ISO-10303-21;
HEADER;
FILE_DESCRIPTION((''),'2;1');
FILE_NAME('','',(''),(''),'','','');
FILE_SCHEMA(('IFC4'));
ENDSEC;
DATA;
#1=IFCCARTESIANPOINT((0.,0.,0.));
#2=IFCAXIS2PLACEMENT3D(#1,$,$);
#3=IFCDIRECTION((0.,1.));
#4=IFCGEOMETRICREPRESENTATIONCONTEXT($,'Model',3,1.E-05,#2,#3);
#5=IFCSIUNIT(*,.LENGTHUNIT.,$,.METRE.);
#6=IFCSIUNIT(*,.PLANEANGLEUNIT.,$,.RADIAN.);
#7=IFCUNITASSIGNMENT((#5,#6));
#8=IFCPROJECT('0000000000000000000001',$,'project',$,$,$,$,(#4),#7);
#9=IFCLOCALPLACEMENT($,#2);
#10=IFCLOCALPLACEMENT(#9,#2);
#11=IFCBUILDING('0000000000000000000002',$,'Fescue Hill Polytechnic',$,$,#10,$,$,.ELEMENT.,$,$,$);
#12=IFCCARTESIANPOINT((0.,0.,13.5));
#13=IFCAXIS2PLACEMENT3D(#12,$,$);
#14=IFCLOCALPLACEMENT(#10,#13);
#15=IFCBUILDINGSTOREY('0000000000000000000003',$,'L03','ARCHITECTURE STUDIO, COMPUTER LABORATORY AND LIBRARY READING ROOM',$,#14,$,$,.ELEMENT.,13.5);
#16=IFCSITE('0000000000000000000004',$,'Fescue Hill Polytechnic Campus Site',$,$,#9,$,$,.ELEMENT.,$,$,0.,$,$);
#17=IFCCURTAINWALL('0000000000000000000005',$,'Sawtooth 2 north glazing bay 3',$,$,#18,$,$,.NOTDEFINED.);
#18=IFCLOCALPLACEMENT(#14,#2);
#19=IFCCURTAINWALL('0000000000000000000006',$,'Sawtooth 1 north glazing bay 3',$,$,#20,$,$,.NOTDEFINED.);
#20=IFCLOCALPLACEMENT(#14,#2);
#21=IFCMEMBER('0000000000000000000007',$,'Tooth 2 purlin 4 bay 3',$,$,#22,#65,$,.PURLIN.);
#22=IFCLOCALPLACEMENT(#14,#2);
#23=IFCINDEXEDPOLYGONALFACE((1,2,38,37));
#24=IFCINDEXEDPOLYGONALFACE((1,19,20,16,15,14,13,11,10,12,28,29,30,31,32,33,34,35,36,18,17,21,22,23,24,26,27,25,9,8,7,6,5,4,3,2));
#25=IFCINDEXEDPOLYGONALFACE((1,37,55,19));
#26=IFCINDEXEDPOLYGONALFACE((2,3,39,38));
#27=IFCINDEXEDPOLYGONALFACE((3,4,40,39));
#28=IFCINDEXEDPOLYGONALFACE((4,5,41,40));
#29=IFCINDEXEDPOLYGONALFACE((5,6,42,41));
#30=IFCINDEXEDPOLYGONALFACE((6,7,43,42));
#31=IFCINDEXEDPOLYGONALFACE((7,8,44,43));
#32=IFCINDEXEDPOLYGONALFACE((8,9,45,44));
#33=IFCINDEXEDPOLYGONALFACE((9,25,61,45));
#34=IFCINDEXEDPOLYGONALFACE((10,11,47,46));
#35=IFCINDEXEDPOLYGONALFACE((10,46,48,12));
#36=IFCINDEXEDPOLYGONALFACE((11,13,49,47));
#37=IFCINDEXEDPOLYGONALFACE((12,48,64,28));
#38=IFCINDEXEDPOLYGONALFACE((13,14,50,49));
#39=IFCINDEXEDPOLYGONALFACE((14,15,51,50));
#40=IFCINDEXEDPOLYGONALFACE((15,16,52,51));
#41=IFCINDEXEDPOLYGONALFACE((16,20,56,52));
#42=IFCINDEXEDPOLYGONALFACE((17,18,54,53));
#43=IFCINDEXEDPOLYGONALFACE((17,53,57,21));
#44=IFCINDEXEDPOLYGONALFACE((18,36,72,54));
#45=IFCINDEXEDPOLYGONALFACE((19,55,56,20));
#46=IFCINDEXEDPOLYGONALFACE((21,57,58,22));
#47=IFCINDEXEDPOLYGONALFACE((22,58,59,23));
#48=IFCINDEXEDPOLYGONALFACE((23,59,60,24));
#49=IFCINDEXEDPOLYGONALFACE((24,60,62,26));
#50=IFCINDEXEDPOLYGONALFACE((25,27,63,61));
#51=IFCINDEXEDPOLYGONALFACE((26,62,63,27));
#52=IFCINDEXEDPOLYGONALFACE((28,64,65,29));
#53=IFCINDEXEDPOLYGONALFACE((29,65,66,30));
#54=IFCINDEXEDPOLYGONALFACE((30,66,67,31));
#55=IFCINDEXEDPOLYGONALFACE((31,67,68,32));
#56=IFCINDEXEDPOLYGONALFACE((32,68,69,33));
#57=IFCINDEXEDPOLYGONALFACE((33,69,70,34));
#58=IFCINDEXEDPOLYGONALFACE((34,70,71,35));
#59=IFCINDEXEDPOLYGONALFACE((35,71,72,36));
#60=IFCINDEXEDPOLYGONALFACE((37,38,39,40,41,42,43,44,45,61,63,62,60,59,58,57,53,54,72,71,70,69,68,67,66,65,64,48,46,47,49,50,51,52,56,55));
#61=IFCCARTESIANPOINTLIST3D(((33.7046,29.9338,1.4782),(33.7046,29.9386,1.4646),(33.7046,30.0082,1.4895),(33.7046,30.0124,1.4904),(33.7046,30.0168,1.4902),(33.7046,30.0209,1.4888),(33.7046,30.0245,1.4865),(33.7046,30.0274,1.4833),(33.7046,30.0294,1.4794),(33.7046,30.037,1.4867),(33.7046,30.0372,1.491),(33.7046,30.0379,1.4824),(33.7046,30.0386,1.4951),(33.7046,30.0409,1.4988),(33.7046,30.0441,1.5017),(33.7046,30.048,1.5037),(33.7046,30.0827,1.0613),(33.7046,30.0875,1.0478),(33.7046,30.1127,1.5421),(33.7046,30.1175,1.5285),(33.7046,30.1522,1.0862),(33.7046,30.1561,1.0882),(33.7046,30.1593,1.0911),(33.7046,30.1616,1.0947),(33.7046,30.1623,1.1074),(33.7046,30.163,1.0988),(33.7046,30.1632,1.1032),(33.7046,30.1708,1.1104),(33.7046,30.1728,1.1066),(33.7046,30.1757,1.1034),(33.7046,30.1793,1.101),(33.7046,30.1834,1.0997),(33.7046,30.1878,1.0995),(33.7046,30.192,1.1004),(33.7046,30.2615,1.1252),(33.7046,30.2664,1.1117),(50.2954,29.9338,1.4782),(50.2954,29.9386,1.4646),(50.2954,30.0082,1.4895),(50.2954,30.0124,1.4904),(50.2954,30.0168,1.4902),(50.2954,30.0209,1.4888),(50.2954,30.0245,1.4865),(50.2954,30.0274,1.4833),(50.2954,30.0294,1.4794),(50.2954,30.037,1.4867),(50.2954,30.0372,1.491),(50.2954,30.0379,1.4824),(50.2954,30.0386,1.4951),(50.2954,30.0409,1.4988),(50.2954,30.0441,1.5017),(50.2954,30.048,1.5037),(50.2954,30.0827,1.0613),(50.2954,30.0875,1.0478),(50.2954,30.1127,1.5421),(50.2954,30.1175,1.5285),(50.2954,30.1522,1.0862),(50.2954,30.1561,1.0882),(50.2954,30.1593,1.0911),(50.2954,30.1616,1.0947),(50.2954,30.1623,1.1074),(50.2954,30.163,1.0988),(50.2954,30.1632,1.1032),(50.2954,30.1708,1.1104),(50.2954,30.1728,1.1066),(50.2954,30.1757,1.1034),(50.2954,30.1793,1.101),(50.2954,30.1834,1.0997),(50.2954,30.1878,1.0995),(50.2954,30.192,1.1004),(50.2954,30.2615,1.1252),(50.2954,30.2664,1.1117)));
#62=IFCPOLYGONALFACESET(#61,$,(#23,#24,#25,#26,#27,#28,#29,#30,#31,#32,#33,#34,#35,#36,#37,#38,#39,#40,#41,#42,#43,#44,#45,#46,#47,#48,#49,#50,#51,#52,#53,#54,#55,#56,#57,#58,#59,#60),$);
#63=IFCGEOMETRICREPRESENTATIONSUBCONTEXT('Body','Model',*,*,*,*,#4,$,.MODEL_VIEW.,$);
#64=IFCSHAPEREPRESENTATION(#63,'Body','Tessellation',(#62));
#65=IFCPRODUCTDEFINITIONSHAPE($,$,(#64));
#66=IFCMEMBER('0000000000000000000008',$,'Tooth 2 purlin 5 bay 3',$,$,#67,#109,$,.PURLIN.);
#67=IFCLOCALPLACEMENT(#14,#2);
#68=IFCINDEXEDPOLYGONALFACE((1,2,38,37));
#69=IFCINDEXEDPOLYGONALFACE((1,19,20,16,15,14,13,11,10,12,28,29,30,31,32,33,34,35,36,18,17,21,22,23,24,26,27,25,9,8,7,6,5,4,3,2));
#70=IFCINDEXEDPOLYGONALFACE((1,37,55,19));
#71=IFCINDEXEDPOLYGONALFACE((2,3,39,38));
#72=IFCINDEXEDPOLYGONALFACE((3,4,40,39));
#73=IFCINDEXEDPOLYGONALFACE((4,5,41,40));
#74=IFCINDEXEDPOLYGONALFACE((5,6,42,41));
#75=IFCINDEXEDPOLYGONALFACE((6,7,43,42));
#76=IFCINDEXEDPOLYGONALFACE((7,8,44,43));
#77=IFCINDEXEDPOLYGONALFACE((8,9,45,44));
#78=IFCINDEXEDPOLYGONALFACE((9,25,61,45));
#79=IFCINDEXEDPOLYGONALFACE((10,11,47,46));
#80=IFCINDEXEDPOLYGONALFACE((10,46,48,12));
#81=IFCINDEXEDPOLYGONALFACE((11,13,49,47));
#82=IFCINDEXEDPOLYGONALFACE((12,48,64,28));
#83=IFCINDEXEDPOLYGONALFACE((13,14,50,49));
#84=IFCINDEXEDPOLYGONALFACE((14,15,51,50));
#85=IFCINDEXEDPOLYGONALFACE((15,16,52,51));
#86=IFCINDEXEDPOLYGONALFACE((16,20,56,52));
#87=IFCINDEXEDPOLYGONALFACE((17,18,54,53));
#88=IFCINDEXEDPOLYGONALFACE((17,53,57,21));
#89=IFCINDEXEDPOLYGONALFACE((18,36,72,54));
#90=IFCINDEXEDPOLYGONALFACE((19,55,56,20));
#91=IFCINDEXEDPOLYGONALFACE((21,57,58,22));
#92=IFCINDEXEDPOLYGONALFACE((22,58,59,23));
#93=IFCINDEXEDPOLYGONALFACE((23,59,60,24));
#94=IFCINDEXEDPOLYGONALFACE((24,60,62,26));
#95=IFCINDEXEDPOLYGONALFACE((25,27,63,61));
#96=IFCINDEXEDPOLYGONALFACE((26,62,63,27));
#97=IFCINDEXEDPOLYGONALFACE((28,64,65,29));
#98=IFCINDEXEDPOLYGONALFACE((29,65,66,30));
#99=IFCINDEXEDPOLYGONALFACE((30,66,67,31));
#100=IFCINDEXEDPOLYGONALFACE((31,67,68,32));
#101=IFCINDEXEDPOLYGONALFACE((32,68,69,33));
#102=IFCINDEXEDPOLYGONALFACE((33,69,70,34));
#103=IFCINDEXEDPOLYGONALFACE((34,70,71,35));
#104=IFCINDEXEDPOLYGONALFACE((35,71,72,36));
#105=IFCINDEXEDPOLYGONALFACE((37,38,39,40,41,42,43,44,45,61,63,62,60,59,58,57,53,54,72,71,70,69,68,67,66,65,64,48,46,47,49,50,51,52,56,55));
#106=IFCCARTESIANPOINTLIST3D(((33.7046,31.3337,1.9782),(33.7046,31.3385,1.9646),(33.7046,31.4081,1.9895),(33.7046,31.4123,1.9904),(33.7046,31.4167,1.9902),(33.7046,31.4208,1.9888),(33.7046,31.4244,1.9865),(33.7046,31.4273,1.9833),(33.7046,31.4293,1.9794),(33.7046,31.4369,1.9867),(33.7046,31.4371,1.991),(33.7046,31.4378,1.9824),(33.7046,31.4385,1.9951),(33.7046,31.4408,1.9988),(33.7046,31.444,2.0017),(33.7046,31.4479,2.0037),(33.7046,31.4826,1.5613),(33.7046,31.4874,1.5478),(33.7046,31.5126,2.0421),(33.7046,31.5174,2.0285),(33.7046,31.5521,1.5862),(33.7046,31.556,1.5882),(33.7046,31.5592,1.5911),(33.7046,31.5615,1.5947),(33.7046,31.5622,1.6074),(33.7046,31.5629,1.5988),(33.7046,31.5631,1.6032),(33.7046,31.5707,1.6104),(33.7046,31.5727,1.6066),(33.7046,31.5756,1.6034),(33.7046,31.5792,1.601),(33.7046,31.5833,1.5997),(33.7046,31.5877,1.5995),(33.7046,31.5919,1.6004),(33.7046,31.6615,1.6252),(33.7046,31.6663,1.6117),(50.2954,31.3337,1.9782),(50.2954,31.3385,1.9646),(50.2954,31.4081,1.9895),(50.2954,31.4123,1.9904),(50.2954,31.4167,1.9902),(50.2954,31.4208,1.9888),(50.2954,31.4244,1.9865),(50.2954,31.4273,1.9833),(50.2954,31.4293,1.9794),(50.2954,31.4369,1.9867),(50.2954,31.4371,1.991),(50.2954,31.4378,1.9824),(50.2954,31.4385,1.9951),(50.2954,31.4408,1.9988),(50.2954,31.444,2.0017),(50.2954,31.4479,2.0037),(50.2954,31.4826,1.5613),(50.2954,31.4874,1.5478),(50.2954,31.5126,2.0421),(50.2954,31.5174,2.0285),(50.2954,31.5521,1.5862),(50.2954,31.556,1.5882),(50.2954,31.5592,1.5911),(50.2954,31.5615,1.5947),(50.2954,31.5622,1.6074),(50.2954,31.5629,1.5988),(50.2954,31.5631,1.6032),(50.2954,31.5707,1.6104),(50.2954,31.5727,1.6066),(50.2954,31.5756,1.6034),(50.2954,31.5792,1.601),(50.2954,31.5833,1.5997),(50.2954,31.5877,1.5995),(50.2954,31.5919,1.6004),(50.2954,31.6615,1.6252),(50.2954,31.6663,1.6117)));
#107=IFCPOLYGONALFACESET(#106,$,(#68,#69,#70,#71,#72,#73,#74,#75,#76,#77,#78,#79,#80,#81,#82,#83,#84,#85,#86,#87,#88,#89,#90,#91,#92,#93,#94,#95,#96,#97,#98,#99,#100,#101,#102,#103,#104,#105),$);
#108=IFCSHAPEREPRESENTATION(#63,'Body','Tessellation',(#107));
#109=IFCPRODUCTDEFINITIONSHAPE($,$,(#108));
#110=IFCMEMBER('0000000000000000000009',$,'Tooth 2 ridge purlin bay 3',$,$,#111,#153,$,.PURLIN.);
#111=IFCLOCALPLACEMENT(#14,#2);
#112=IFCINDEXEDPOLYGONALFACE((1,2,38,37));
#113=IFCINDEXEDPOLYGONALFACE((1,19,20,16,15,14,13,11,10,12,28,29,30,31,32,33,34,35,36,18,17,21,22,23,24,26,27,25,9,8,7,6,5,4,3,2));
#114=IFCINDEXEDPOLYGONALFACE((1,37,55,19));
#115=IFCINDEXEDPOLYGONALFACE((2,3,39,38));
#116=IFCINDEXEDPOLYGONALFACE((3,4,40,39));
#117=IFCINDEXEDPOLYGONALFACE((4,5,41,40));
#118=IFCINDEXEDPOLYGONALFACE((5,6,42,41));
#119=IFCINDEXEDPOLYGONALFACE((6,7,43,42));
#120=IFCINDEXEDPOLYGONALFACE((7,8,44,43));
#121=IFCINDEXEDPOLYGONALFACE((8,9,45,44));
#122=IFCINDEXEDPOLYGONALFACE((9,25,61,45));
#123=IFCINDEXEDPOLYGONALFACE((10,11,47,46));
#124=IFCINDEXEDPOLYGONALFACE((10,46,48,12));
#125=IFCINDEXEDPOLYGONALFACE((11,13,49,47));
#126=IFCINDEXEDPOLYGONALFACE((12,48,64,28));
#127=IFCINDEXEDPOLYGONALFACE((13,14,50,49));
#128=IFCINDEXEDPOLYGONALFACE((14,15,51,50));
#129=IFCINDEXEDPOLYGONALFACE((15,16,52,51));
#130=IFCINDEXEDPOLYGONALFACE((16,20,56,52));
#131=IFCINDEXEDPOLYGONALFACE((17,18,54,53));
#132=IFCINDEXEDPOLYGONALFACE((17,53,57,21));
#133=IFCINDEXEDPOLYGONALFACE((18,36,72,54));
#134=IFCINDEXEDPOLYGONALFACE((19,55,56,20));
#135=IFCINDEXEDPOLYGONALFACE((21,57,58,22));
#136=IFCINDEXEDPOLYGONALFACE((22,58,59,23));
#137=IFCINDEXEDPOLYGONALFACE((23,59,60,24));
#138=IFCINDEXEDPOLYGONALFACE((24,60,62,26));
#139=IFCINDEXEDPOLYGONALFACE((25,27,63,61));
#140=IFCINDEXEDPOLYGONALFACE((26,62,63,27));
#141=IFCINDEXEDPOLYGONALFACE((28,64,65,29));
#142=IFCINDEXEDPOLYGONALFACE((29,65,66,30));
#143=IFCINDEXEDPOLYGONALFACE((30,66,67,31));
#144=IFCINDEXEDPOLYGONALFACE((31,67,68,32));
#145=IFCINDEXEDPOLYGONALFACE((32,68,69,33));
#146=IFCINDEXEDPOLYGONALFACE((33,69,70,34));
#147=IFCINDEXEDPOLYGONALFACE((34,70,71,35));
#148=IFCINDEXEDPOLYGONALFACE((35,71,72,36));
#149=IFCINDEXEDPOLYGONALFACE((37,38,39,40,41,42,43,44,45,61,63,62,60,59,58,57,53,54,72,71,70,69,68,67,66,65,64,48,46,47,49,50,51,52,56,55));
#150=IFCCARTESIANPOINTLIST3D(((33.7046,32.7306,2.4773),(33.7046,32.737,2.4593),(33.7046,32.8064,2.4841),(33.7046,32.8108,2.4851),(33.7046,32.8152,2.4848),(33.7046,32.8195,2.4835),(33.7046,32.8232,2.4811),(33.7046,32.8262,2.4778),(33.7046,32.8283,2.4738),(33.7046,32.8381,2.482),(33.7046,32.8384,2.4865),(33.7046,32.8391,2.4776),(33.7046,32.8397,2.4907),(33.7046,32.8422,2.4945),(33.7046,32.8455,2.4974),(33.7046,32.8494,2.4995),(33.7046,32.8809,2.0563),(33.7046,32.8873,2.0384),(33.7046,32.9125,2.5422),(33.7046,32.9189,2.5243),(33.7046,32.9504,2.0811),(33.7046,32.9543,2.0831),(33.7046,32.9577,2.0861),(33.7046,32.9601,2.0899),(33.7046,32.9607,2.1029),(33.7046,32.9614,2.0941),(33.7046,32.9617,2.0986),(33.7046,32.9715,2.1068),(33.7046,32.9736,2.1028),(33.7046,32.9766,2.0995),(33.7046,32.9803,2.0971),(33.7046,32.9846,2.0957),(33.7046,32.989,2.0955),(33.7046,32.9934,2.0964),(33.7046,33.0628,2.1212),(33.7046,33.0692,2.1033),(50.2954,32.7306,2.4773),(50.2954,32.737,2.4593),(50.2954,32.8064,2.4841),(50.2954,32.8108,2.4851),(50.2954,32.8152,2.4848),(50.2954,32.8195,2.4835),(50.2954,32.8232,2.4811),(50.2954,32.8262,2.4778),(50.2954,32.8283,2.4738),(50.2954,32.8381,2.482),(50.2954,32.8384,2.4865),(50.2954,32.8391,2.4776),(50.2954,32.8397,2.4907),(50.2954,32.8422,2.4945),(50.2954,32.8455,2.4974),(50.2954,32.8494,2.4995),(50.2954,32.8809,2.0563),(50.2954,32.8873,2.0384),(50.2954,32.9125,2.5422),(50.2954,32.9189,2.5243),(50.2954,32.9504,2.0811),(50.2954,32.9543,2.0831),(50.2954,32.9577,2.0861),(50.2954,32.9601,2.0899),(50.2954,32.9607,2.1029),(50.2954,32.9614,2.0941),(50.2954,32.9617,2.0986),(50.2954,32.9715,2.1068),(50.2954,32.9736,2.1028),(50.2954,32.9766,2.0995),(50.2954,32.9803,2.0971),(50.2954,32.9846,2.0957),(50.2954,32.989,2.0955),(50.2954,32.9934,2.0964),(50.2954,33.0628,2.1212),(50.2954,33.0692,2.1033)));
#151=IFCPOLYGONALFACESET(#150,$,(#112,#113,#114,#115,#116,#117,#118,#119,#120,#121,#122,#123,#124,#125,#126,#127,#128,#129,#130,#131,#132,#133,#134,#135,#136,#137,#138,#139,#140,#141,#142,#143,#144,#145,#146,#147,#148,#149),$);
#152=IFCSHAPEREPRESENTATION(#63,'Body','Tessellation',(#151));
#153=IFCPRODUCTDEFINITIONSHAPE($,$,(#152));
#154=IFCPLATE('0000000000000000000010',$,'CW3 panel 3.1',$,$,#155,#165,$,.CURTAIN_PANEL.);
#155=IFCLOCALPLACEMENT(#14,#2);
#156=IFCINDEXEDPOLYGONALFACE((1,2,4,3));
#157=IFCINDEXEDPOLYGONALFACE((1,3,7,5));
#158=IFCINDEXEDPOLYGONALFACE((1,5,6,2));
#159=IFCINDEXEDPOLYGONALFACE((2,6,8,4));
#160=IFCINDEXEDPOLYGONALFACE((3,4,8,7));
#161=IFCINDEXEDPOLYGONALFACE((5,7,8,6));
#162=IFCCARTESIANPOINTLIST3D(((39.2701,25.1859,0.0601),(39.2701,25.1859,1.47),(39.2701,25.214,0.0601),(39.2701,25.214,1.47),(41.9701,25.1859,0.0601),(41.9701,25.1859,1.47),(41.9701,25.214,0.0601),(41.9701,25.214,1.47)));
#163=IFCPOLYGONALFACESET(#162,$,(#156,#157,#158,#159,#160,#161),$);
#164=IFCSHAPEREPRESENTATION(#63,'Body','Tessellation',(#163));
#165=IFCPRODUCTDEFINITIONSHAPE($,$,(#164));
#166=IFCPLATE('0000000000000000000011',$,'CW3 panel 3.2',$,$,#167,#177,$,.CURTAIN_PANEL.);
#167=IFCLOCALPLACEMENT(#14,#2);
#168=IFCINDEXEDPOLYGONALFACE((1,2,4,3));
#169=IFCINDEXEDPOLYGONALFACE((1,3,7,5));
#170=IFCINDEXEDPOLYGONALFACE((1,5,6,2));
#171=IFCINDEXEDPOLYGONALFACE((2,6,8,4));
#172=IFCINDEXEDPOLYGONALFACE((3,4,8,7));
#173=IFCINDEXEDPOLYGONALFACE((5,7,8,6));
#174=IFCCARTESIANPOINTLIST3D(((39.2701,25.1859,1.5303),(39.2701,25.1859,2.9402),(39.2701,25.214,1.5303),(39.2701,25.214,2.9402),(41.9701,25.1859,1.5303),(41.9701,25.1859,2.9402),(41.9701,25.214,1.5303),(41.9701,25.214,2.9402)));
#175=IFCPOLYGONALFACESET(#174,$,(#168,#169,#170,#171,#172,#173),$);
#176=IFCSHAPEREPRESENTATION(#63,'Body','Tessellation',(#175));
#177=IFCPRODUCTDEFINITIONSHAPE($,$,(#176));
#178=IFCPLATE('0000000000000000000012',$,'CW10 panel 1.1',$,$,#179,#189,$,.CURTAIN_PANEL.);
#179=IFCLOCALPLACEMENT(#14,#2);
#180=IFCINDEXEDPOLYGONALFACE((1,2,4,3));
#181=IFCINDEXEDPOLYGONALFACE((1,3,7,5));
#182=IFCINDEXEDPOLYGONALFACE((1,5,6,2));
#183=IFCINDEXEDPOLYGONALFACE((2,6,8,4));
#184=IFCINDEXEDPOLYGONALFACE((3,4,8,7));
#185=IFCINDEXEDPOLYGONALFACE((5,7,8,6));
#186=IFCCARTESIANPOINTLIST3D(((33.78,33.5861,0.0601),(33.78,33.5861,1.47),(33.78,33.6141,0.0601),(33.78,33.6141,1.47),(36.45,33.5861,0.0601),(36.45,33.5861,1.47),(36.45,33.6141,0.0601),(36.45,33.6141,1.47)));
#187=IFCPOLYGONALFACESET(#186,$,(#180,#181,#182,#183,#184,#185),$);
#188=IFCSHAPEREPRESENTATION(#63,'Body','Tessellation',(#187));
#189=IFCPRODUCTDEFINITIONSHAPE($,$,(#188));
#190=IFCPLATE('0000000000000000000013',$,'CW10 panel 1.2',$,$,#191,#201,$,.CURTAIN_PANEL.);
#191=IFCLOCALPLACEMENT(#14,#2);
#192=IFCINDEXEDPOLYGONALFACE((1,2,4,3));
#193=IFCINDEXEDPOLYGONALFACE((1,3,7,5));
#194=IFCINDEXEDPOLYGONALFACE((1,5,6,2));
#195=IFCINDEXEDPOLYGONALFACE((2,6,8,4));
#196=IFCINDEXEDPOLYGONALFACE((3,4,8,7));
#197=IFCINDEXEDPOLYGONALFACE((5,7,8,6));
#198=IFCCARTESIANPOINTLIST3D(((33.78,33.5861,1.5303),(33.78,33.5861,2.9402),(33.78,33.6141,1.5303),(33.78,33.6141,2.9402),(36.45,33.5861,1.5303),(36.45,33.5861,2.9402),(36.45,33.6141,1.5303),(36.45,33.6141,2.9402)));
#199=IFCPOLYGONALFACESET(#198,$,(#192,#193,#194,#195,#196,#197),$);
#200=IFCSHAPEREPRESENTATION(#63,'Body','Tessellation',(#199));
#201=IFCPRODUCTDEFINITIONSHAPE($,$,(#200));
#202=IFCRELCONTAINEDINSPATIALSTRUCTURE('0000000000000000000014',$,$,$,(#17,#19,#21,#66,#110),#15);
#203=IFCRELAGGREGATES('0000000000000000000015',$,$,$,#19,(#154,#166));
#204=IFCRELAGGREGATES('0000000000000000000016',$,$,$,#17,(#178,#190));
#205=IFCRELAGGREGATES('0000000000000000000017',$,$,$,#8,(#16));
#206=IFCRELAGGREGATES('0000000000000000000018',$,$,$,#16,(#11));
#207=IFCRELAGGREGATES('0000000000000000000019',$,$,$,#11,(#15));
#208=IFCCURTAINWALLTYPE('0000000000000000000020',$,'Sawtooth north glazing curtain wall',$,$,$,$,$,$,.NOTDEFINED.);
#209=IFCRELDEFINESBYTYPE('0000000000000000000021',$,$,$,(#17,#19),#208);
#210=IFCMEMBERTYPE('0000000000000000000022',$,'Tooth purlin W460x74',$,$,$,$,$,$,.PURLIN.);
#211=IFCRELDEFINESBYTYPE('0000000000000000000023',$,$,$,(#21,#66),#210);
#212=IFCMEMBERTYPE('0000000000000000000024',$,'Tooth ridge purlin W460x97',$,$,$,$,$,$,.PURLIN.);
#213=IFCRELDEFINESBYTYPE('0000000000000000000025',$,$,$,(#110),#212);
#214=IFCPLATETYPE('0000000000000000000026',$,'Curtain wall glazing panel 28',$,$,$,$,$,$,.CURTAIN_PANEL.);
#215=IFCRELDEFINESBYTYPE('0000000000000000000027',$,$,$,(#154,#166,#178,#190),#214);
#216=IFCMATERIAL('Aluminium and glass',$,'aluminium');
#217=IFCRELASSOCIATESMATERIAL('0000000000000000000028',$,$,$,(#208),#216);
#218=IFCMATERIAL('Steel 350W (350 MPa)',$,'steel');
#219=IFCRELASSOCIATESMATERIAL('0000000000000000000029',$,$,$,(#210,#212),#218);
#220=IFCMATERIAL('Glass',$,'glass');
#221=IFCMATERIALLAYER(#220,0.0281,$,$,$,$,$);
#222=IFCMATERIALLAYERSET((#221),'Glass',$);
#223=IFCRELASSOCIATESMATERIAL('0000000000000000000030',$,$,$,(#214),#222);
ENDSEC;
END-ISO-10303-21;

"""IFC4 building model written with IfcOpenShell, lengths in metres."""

from ifc_helpers import new_model, si_unit, direction, frame, origin, origin_2d, place, context, subcontext, project, spatial, rectangle, i_section, extrude, material, layer, layer_set, material_profile, profile_set, type_object, element, aggregate, save


model = new_model("IFC4")

# Units and contexts
model_context = context("Model", 3, precision=1e-05, world=origin(), true_north=direction((0.0, 1.0)))
body_context = subcontext(model_context, "Body", "Model", "MODEL_VIEW")
ifc_project = project(units=[si_unit("LENGTHUNIT", "METRE"), si_unit("PLANEANGLEUNIT", "RADIAN")], contexts=[model_context])

# Site, building, storey
site_placement = place(None, origin())
site = spatial("IfcSite", under=ifc_project, at=site_placement, Name="Fescue Hill Polytechnic Campus Site", CompositionType="ELEMENT", RefElevation=0.0)
building_placement = place(site_placement, origin())
building = spatial("IfcBuilding", under=site, at=building_placement, Name="Fescue Hill Polytechnic", CompositionType="ELEMENT")
storey_placement = place(building_placement, frame((0.0, 0.0, 13.5)))
storey = spatial("IfcBuildingStorey", under=building, at=storey_placement, Name="L03", Description="ARCHITECTURE STUDIO, COMPUTER LABORATORY AND LIBRARY READING ROOM", CompositionType="ELEMENT", Elevation=13.5)

# Curtain wall
ifc_material_1 = material(Name="Aluminium and glass", Category="aluminium")
curtain_wall_type = type_object("IfcCurtainWallType", Name="Sawtooth north glazing curtain wall", PredefinedType="NOTDEFINED", material=ifc_material_1)
curtain_wall_1_placement = place(storey_placement, origin())
curtain_wall_1 = element("IfcCurtainWall", 1, at=curtain_wall_1_placement, inside=storey, type_object=curtain_wall_type, Name="Sawtooth 2 north glazing bay 3", PredefinedType="NOTDEFINED")

# Curtain wall
curtain_wall_2_placement = place(storey_placement, origin())
curtain_wall_2 = element("IfcCurtainWall", 2, at=curtain_wall_2_placement, inside=storey, type_object=curtain_wall_type, Name="Sawtooth 1 north glazing bay 3", PredefinedType="NOTDEFINED")

# Members
ifc_material_2 = material(Name="Steel 350W (350 MPa)", Category="steel")
ifc_material_profile_1 = material_profile(ifc_material_2, i_section(OverallWidth=0.1899, OverallDepth=0.457, WebThickness=0.009, FlangeThickness=0.0144, FilletRadius=0.0166, at=origin_2d()), Name="W460x74")
ifc_profile_set_1 = profile_set([ifc_material_profile_1], Name="Steel 350W (350 MPa)")
member_type_1 = type_object("IfcMemberType", Name="Tooth purlin W460x74", PredefinedType="PURLIN", material=ifc_profile_set_1)
for number, where, z_axis, x_axis, name in (
    (3, (33.7046, 30.1001, 1.2949), (1.0, 0.0, 0.0), (0.0, 0.941742, 0.336336), "Tooth 2 purlin 4 bay 3"),
    (4, (33.7046, 31.5, 1.7949), (1.0, 0.0, 0.0), (0.0, 0.941742, 0.336336), "Tooth 2 purlin 5 bay 3"),
):
    element("IfcMember", number, at=place(storey_placement, frame(where, z_axis=z_axis, x_axis=x_axis)), inside=storey, type_object=member_type_1, Name=name, PredefinedType="PURLIN", context=body_context, shape_type="SweptSolid", body=[
        extrude(i_section(OverallWidth=0.1899, OverallDepth=0.457, WebThickness=0.009, FlangeThickness=0.0144, FilletRadius=0.0166, at=origin_2d()), origin(), (0.0, 0.0, 1.0), 16.5908),
    ])
ifc_material_profile_2 = material_profile(ifc_material_2, i_section(OverallWidth=0.1931, OverallDepth=0.4661, WebThickness=0.0115, FlangeThickness=0.019, FilletRadius=0.0171, at=origin_2d()), Name="W460x97")
ifc_profile_set_2 = profile_set([ifc_material_profile_2], Name="Steel 350W (350 MPa)")
member_type_2 = type_object("IfcMemberType", Name="Tooth ridge purlin W460x97", PredefinedType="PURLIN", material=ifc_profile_set_2)
member_1_placement = place(storey_placement, frame((33.7046, 32.8999, 2.2903), z_axis=(1.0, 0.0, 0.0), x_axis=(0.0, 0.941742, 0.336336)))
element("IfcMember", 5, at=member_1_placement, inside=storey, type_object=member_type_2, Name="Tooth 2 ridge purlin bay 3", PredefinedType="PURLIN", context=body_context, shape_type="SweptSolid", body=[
    extrude(i_section(OverallWidth=0.1931, OverallDepth=0.4661, WebThickness=0.0115, FlangeThickness=0.019, FilletRadius=0.0171, at=origin_2d()), origin(), (0.0, 0.0, 1.0), 16.5908),
])

# Plates
ifc_material_3 = material(Name="Glass", Category="glass")
ifc_layer = layer(ifc_material_3, 0.0281)
ifc_layer_set = layer_set([ifc_layer], Name="Glass")
plate_type = type_object("IfcPlateType", Name="Curtain wall glazing panel 28", PredefinedType="CURTAIN_PANEL", material=ifc_layer_set)
plate_1_placement = place(storey_placement, frame((40.6201, 25.2, 0.0601), z_axis=(0.0, 0.0, 1.0), x_axis=(1.0, 0.0, 0.0)))
plate_1 = element("IfcPlate", 6, at=plate_1_placement, type_object=plate_type, Name="CW3 panel 3.1", PredefinedType="CURTAIN_PANEL", context=body_context, shape_type="SweptSolid", body=[
    extrude(rectangle(XDim=2.7, YDim=0.0281, at=origin_2d()), origin(), (0.0, 0.0, 1.0), 1.4099),
])
plate_2_placement = place(storey_placement, frame((40.6201, 25.2, 1.5303), z_axis=(0.0, 0.0, 1.0), x_axis=(1.0, 0.0, 0.0)))
plate_2 = element("IfcPlate", 7, at=plate_2_placement, type_object=plate_type, Name="CW3 panel 3.2", PredefinedType="CURTAIN_PANEL", context=body_context, shape_type="SweptSolid", body=[
    extrude(rectangle(XDim=2.7, YDim=0.0281, at=origin_2d()), origin(), (0.0, 0.0, 1.0), 1.4099),
])
aggregate(curtain_wall_2, [plate_1, plate_2])
plate_3_placement = place(storey_placement, frame((35.115, 33.6001, 0.0601), z_axis=(0.0, 0.0, 1.0), x_axis=(1.0, 0.0, 0.0)))
plate_3 = element("IfcPlate", 8, at=plate_3_placement, type_object=plate_type, Name="CW10 panel 1.1", PredefinedType="CURTAIN_PANEL", context=body_context, shape_type="SweptSolid", body=[
    extrude(rectangle(XDim=2.6699, YDim=0.0281, at=origin_2d()), origin(), (0.0, 0.0, 1.0), 1.4099),
])
plate_4_placement = place(storey_placement, frame((35.115, 33.6001, 1.5303), z_axis=(0.0, 0.0, 1.0), x_axis=(1.0, 0.0, 0.0)))
plate_4 = element("IfcPlate", 9, at=plate_4_placement, type_object=plate_type, Name="CW10 panel 1.2", PredefinedType="CURTAIN_PANEL", context=body_context, shape_type="SweptSolid", body=[
    extrude(rectangle(XDim=2.6699, YDim=0.0281, at=origin_2d()), origin(), (0.0, 0.0, 1.0), 1.4099),
])
aggregate(curtain_wall_1, [plate_3, plate_4])

save(model, "model.ifc")
